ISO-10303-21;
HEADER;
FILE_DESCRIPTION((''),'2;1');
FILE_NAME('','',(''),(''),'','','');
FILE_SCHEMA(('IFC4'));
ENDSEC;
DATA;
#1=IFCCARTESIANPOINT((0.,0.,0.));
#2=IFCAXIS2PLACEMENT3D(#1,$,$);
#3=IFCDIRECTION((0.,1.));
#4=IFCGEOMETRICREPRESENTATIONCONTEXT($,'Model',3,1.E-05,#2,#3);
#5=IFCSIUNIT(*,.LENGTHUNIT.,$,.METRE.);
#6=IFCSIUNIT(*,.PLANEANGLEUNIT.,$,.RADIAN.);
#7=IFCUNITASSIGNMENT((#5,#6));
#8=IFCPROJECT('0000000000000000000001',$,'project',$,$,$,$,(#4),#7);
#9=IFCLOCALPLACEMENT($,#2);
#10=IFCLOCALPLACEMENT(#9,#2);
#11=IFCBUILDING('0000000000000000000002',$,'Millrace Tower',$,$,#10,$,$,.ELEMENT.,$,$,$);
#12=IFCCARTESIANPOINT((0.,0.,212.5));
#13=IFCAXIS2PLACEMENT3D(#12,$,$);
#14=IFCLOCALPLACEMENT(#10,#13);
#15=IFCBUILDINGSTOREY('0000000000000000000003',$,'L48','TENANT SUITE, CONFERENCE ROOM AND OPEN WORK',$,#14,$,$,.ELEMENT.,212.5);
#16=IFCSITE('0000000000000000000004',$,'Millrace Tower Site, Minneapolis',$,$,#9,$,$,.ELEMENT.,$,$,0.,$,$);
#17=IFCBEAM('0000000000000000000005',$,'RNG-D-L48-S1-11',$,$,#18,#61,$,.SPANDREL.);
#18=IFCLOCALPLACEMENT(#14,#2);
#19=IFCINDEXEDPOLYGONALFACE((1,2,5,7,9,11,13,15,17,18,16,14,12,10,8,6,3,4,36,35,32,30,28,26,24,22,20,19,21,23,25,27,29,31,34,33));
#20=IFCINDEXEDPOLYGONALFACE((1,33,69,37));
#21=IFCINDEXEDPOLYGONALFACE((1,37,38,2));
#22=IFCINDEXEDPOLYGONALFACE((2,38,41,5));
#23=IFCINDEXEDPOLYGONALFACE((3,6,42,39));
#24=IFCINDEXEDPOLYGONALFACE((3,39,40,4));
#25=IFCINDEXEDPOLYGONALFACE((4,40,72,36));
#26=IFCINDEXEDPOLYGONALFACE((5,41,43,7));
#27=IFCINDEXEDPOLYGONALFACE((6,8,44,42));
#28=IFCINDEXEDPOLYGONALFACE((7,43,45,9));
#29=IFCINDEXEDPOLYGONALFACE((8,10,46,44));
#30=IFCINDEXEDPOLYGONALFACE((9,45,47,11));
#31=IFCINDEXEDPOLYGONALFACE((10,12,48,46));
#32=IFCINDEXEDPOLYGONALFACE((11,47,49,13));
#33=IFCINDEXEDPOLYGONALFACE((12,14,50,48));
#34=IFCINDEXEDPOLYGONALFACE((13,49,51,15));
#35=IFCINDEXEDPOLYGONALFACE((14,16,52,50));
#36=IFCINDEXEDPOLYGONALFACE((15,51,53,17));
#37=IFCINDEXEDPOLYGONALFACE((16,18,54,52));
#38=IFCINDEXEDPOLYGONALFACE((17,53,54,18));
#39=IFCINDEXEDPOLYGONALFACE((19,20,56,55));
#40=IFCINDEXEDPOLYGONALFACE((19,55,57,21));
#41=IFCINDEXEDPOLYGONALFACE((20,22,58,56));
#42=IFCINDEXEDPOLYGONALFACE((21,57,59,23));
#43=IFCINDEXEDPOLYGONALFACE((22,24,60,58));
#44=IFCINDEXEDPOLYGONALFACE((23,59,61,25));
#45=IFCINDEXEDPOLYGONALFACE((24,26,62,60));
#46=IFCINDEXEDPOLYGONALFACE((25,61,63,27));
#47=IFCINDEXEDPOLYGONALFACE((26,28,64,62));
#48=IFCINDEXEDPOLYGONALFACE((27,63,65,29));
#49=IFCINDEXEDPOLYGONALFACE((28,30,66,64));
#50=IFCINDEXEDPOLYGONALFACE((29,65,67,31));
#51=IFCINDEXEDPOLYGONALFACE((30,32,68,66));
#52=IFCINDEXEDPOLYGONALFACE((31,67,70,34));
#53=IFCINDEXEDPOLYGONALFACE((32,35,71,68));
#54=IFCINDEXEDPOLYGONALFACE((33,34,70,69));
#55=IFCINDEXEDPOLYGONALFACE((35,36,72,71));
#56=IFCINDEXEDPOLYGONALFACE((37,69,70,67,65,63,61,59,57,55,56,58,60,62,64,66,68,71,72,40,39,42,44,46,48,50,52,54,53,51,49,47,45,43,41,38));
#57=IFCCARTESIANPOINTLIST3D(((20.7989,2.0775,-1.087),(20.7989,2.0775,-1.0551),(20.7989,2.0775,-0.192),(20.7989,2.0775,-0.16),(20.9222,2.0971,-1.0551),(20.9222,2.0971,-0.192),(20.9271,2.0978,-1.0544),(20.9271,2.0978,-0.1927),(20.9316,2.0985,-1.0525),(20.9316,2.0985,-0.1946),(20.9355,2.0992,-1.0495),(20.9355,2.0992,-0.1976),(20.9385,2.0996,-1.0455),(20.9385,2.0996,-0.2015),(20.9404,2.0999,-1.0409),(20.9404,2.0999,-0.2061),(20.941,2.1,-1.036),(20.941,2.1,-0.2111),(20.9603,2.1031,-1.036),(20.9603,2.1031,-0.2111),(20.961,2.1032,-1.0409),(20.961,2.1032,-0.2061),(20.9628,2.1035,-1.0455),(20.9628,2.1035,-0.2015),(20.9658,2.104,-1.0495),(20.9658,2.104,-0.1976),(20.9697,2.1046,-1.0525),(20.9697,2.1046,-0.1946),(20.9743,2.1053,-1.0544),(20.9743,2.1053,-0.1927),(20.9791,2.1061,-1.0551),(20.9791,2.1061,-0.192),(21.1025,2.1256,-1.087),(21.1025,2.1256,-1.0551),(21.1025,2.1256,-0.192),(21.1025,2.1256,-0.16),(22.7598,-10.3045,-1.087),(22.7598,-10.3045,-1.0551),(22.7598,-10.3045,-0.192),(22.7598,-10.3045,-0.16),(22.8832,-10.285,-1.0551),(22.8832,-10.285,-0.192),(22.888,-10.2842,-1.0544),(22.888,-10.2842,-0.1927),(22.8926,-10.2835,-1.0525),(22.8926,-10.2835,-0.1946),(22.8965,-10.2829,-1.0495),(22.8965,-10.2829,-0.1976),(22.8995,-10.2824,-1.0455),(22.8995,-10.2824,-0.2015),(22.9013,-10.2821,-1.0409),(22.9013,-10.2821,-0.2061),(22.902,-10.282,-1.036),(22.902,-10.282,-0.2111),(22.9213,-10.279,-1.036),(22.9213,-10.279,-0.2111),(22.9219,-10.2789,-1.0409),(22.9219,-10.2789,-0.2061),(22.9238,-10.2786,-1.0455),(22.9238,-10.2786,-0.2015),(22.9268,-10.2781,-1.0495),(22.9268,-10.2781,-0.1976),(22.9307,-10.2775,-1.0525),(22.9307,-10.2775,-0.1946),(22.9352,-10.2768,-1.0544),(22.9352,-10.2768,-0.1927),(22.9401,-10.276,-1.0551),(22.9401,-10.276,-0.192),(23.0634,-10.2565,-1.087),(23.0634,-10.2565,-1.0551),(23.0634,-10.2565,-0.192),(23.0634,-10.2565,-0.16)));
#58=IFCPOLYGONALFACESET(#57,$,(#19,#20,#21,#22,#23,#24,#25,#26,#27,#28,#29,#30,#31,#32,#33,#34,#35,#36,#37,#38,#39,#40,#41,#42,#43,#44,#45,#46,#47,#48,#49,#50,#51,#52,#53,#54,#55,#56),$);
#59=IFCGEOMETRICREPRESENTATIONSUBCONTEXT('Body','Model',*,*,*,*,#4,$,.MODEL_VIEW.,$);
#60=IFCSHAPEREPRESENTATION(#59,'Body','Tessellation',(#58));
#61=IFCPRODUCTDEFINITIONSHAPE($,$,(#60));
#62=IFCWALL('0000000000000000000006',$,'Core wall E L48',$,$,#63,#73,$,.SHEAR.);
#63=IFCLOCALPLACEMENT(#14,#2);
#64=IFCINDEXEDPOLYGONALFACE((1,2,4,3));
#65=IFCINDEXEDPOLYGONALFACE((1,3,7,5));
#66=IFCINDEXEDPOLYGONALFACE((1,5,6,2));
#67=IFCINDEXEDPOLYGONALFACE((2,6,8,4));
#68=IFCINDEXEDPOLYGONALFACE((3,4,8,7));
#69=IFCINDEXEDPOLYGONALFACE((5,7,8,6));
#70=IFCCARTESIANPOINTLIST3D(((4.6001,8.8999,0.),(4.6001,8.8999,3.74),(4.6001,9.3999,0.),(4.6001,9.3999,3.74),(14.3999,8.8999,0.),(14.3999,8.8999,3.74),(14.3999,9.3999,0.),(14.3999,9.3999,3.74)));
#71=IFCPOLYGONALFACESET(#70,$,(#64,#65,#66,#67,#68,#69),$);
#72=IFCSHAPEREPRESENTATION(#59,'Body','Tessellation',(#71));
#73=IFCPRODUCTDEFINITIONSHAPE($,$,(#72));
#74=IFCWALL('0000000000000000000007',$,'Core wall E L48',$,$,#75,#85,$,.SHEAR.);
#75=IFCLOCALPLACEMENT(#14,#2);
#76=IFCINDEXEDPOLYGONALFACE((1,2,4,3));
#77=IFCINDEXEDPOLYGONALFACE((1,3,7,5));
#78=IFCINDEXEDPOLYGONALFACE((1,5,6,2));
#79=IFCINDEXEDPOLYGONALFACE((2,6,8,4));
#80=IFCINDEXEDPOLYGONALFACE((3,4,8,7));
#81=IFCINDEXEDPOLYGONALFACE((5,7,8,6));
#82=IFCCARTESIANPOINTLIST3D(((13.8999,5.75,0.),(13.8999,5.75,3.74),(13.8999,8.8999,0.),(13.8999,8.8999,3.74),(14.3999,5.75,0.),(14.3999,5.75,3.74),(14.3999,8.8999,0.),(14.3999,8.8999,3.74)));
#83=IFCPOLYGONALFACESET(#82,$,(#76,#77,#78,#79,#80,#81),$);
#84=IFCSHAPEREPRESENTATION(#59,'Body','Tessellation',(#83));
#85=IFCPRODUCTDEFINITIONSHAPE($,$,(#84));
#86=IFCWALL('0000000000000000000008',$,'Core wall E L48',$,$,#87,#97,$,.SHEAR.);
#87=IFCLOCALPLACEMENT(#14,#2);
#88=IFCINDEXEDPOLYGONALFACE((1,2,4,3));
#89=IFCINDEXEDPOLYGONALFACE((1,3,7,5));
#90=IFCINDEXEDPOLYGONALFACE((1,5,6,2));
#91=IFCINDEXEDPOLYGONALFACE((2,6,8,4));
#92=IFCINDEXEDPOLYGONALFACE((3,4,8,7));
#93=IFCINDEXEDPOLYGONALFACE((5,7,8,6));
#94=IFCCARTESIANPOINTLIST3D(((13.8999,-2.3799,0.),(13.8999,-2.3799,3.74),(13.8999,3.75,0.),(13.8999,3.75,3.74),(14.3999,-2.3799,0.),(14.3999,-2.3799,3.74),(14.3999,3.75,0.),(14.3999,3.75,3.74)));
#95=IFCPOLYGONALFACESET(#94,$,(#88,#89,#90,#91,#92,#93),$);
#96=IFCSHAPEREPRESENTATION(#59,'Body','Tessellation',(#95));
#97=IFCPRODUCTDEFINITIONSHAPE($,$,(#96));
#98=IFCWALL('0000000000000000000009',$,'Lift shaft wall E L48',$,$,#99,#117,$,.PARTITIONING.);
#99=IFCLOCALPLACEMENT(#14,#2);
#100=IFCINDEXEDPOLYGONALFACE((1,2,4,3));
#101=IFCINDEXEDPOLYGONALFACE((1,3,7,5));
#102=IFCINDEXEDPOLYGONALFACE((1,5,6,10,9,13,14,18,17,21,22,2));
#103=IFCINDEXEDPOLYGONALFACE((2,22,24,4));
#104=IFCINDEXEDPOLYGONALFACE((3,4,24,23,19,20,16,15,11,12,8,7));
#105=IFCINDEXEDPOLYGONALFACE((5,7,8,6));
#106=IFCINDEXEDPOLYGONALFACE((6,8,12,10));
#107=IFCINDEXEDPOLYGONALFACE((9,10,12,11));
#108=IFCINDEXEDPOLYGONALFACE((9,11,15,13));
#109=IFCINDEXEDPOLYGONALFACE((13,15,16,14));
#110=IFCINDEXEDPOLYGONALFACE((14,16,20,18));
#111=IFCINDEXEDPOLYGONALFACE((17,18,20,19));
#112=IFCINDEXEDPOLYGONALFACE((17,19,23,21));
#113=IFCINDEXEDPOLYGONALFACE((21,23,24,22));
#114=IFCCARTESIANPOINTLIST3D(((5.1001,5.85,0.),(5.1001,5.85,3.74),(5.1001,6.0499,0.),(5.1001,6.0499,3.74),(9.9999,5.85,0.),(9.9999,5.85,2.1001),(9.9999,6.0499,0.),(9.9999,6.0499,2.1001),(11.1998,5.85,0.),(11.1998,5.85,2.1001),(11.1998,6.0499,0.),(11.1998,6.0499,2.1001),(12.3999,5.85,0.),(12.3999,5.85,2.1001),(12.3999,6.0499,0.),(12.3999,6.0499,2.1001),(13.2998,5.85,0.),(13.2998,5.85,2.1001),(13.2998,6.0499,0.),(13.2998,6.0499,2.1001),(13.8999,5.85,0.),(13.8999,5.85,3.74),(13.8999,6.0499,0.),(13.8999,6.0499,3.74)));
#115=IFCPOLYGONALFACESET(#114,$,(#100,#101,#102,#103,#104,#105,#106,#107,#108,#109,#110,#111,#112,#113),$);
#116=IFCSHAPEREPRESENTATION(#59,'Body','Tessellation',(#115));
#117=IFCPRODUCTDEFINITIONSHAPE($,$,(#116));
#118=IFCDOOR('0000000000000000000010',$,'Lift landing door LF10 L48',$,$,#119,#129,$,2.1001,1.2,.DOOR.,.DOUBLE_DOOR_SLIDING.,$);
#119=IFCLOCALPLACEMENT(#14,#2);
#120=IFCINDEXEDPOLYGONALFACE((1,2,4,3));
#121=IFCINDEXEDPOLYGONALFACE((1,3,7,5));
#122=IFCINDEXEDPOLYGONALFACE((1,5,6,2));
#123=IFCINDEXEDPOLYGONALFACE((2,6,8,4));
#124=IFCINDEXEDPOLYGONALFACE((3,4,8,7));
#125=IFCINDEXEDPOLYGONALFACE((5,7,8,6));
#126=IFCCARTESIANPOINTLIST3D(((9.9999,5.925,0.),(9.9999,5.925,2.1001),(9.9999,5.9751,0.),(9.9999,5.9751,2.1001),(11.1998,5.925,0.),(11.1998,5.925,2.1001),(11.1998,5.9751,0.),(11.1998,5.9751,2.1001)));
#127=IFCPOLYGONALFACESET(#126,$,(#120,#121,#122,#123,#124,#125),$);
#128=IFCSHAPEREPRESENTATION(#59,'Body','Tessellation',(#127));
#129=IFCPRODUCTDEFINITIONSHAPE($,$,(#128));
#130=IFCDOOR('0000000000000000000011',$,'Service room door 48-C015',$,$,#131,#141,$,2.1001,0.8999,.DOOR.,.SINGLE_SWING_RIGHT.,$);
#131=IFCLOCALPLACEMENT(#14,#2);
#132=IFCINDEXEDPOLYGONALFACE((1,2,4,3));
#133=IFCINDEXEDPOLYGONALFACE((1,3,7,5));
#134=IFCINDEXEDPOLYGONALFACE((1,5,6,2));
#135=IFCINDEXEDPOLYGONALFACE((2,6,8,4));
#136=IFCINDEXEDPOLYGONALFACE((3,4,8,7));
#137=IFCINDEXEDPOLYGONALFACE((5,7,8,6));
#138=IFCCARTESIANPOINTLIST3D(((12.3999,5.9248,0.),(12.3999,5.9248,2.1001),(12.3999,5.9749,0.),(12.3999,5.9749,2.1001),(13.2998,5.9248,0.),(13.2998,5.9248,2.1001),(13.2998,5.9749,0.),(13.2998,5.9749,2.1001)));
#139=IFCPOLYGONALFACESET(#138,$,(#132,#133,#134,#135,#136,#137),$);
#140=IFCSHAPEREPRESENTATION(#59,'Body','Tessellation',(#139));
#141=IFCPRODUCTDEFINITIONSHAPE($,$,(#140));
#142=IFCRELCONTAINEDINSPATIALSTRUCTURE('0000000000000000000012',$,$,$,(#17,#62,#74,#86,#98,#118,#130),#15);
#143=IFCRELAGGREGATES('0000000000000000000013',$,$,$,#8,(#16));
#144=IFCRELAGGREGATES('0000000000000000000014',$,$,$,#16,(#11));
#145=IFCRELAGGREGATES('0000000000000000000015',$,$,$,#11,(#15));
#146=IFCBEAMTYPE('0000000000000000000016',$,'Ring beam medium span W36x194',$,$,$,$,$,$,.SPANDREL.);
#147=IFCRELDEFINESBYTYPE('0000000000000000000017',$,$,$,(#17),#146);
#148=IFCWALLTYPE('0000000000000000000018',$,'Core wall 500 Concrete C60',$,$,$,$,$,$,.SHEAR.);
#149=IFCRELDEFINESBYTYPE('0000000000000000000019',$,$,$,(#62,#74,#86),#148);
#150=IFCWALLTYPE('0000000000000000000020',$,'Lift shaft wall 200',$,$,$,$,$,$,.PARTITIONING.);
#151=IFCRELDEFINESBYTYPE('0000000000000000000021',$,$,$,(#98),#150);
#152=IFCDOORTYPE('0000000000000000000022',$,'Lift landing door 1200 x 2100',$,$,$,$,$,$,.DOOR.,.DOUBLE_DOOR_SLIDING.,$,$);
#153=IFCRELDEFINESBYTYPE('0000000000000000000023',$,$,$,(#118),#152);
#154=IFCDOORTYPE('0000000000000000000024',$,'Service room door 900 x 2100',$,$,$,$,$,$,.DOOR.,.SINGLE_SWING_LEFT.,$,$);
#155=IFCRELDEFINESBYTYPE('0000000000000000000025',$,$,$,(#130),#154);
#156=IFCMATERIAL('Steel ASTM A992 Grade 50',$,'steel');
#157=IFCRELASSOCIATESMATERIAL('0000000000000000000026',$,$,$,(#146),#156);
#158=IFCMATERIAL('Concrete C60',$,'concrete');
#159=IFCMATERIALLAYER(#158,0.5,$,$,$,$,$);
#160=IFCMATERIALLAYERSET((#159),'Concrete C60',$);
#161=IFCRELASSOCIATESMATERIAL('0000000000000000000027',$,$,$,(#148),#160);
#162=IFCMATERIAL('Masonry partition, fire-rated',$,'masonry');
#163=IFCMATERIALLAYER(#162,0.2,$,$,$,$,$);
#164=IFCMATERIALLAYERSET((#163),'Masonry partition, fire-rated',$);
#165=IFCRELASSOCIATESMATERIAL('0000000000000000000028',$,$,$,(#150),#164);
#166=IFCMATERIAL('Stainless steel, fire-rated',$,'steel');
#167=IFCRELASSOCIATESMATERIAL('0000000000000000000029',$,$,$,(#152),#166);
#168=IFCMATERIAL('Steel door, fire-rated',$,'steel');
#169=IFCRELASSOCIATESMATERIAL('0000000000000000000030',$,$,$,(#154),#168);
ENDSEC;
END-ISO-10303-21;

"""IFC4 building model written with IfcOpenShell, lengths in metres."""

from ifc_helpers import new_model, si_unit, direction, frame, frame_2d, origin, origin_2d, place, context, subcontext, project, spatial, rectangle, i_section, extrude, material, layer, layer_set, material_profile, profile_set, type_object, element, fill, save


model = new_model("IFC4")

# Units and contexts
model_context = context("Model", 3, precision=1e-05, world=origin(), true_north=direction((0.0, 1.0)))
body_context = subcontext(model_context, "Body", "Model", "MODEL_VIEW")
ifc_project = project(units=[si_unit("LENGTHUNIT", "METRE"), si_unit("PLANEANGLEUNIT", "RADIAN")], contexts=[model_context])

# Site, building, storey
site_placement = place(None, origin())
site = spatial("IfcSite", under=ifc_project, at=site_placement, Name="Millrace Tower Site, Minneapolis", CompositionType="ELEMENT", RefElevation=0.0)
building_placement = place(site_placement, origin())
building = spatial("IfcBuilding", under=site, at=building_placement, Name="Millrace Tower", CompositionType="ELEMENT")
storey_placement = place(building_placement, frame((0.0, 0.0, 212.5)))
storey = spatial("IfcBuildingStorey", under=building, at=storey_placement, Name="L48", Description="TENANT SUITE, CONFERENCE ROOM AND OPEN WORK", CompositionType="ELEMENT", Elevation=212.5)

# Beam
ifc_material_1 = material(Name="Steel ASTM A992 Grade 50", Category="steel")
ifc_material_profile_1 = material_profile(ifc_material_1, i_section(OverallWidth=0.3074, OverallDepth=0.927, WebThickness=0.0195, FlangeThickness=0.032, FilletRadius=0.019, at=origin_2d()))
ifc_profile_set_1 = profile_set([ifc_material_profile_1], Name="Steel ASTM A992 Grade 50")
beam_type_1 = type_object("IfcBeamType", Name="Ring beam medium span W36x194", PredefinedType="SPANDREL", material=ifc_profile_set_1)
beam_1_placement = place(storey_placement, frame((20.9507, 2.1016, -0.6235), z_axis=(0.15642, -0.987691, 0.0), x_axis=(0.987691, 0.15642, 0.0)))
element("IfcBeam", 1, at=beam_1_placement, inside=storey, type_object=beam_type_1, Name="RNG-D-L48-S1-11", PredefinedType="SPANDREL", context=body_context, shape_type="SweptSolid", body=[
    extrude(i_section(OverallWidth=0.3074, OverallDepth=0.927, WebThickness=0.0195, FlangeThickness=0.032, FilletRadius=0.019, at=origin_2d()), origin(), (0.0, 0.0, 1.0), 12.5364),
])

# Walls
ifc_material_2 = material(Name="Concrete C60", Category="concrete")
ifc_layer_1 = layer(ifc_material_2, 0.5)
ifc_layer_set_1 = layer_set([ifc_layer_1], Name="Concrete C60")
wall_type_1 = type_object("IfcWallType", Name="Core wall 500 Concrete C60", PredefinedType="SHEAR", material=ifc_layer_set_1)
wall_1_placement = place(storey_placement, frame((14.3999, 9.1499, 0.0), z_axis=(0.0, 0.0, 1.0), x_axis=(-1.0, 0.0, 0.0)))
element("IfcWall", 2, at=wall_1_placement, inside=storey, type_object=wall_type_1, Name="Core wall E L48", PredefinedType="SHEAR", context=body_context, shape_type="SweptSolid", body=[
    extrude(rectangle(XDim=9.7998, YDim=0.5, at=frame_2d((4.8999, 0.0))), origin(), (0.0, 0.0, 1.0), 3.74),
])
wall_2_placement = place(storey_placement, frame((14.1499, 8.8999, 0.0), z_axis=(0.0, 0.0, 1.0), x_axis=(0.0, -1.0, 0.0)))
element("IfcWall", 3, at=wall_2_placement, inside=storey, type_object=wall_type_1, Name="Core wall E L48", PredefinedType="SHEAR", context=body_context, shape_type="SweptSolid", body=[
    extrude(rectangle(XDim=3.1499, YDim=0.5, at=frame_2d((1.575, 0.0))), origin(), (0.0, 0.0, 1.0), 3.74),
])
wall_3_placement = place(storey_placement, frame((14.1499, 3.75, 0.0), z_axis=(0.0, 0.0, 1.0), x_axis=(0.0, -1.0, 0.0)))
element("IfcWall", 4, at=wall_3_placement, inside=storey, type_object=wall_type_1, Name="Core wall E L48", PredefinedType="SHEAR", context=body_context, shape_type="SweptSolid", body=[
    extrude(rectangle(XDim=6.1299, YDim=0.5, at=frame_2d((3.0649, 0.0))), origin(), (0.0, 0.0, 1.0), 3.74),
])

# Wall, openings, doors
ifc_material_3 = material(Name="Masonry partition, fire-rated", Category="masonry")
ifc_layer_2 = layer(ifc_material_3, 0.2)
ifc_layer_set_2 = layer_set([ifc_layer_2], Name="Masonry partition, fire-rated")
wall_type_2 = type_object("IfcWallType", Name="Lift shaft wall 200", PredefinedType="PARTITIONING", material=ifc_layer_set_2)
wall_4_placement = place(storey_placement, frame((13.8999, 5.95, 0.0), z_axis=(0.0, 0.0, 1.0), x_axis=(-1.0, 0.0, 0.0)))
wall_4 = element("IfcWall", 5, at=wall_4_placement, inside=storey, type_object=wall_type_2, Name="Lift shaft wall E L48", PredefinedType="PARTITIONING", context=body_context, shape_type="SweptSolid", body=[
    extrude(rectangle(XDim=8.7998, YDim=0.2, at=frame_2d((4.3999, 0.0))), origin(), (0.0, 0.0, 1.0), 3.74),
])
opening_1_placement = place(wall_4_placement, frame((2.7, 0.0, 0.0)))
opening_1 = element("IfcOpeningElement", 6, at=opening_1_placement, cuts=wall_4, PredefinedType="OPENING", context=body_context, shape_type="SweptSolid", body=[
    extrude(rectangle(XDim=1.2, YDim=2.1001, at=frame_2d((0.6001, 1.05))), frame((0.0, 0.1099, 0.0), z_axis=(0.0, -1.0, 0.0), x_axis=(1.0, 0.0, 0.0)), (0.0, 0.0, 1.0), 0.22),
])
opening_2_placement = place(wall_4_placement, frame((0.6001, 0.0, 0.0)))
opening_2 = element("IfcOpeningElement", 7, at=opening_2_placement, cuts=wall_4, PredefinedType="OPENING", context=body_context, shape_type="SweptSolid", body=[
    extrude(rectangle(XDim=0.8999, YDim=2.1001, at=frame_2d((0.45, 1.05))), frame((0.0, 0.1099, 0.0), z_axis=(0.0, -1.0, 0.0), x_axis=(1.0, 0.0, 0.0)), (0.0, 0.0, 1.0), 0.22),
])
ifc_material_4 = material(Name="Stainless steel, fire-rated", Category="steel")
door_type_1 = type_object("IfcDoorType", Name="Lift landing door 1200 x 2100", OperationType="DOUBLE_DOOR_SLIDING", PredefinedType="DOOR", material=ifc_material_4)
door_1_placement = place(opening_1_placement, origin())
door_1 = element("IfcDoor", 8, at=door_1_placement, inside=storey, type_object=door_type_1, Name="Lift landing door LF10 L48", OperationType="DOUBLE_DOOR_SLIDING", OverallHeight=2.1001, OverallWidth=1.2, PredefinedType="DOOR", context=body_context, shape_type="SweptSolid", body=[
    extrude(rectangle(XDim=1.2, YDim=2.1001, at=frame_2d((0.6001, 1.05))), frame((0.0, 0.0249, 0.0), z_axis=(0.0, -1.0, 0.0), x_axis=(1.0, 0.0, 0.0)), (0.0, 0.0, 1.0), 0.05),
])
fill(opening_1, door_1)
ifc_material_5 = material(Name="Steel door, fire-rated", Category="steel")
door_type_2 = type_object("IfcDoorType", Name="Service room door 900 x 2100", OperationType="SINGLE_SWING_LEFT", PredefinedType="DOOR", material=ifc_material_5)
door_2_placement = place(opening_2_placement, frame((0.8999, 0.0, 0.0), z_axis=(0.0, 0.0, 1.0), x_axis=(-1.0, 0.0, 0.0)))
door_2 = element("IfcDoor", 9, at=door_2_placement, inside=storey, type_object=door_type_2, Name="Service room door 48-C015", OperationType="SINGLE_SWING_RIGHT", OverallHeight=2.1001, OverallWidth=0.8999, PredefinedType="DOOR", context=body_context, shape_type="SweptSolid", body=[
    extrude(rectangle(XDim=0.8999, YDim=2.1001, at=frame_2d((0.45, 1.05))), frame((0.0, 0.0249, 0.0), z_axis=(0.0, -1.0, 0.0), x_axis=(1.0, 0.0, 0.0)), (0.0, 0.0, 1.0), 0.05),
])
fill(opening_2, door_2)

save(model, "model.ifc")
